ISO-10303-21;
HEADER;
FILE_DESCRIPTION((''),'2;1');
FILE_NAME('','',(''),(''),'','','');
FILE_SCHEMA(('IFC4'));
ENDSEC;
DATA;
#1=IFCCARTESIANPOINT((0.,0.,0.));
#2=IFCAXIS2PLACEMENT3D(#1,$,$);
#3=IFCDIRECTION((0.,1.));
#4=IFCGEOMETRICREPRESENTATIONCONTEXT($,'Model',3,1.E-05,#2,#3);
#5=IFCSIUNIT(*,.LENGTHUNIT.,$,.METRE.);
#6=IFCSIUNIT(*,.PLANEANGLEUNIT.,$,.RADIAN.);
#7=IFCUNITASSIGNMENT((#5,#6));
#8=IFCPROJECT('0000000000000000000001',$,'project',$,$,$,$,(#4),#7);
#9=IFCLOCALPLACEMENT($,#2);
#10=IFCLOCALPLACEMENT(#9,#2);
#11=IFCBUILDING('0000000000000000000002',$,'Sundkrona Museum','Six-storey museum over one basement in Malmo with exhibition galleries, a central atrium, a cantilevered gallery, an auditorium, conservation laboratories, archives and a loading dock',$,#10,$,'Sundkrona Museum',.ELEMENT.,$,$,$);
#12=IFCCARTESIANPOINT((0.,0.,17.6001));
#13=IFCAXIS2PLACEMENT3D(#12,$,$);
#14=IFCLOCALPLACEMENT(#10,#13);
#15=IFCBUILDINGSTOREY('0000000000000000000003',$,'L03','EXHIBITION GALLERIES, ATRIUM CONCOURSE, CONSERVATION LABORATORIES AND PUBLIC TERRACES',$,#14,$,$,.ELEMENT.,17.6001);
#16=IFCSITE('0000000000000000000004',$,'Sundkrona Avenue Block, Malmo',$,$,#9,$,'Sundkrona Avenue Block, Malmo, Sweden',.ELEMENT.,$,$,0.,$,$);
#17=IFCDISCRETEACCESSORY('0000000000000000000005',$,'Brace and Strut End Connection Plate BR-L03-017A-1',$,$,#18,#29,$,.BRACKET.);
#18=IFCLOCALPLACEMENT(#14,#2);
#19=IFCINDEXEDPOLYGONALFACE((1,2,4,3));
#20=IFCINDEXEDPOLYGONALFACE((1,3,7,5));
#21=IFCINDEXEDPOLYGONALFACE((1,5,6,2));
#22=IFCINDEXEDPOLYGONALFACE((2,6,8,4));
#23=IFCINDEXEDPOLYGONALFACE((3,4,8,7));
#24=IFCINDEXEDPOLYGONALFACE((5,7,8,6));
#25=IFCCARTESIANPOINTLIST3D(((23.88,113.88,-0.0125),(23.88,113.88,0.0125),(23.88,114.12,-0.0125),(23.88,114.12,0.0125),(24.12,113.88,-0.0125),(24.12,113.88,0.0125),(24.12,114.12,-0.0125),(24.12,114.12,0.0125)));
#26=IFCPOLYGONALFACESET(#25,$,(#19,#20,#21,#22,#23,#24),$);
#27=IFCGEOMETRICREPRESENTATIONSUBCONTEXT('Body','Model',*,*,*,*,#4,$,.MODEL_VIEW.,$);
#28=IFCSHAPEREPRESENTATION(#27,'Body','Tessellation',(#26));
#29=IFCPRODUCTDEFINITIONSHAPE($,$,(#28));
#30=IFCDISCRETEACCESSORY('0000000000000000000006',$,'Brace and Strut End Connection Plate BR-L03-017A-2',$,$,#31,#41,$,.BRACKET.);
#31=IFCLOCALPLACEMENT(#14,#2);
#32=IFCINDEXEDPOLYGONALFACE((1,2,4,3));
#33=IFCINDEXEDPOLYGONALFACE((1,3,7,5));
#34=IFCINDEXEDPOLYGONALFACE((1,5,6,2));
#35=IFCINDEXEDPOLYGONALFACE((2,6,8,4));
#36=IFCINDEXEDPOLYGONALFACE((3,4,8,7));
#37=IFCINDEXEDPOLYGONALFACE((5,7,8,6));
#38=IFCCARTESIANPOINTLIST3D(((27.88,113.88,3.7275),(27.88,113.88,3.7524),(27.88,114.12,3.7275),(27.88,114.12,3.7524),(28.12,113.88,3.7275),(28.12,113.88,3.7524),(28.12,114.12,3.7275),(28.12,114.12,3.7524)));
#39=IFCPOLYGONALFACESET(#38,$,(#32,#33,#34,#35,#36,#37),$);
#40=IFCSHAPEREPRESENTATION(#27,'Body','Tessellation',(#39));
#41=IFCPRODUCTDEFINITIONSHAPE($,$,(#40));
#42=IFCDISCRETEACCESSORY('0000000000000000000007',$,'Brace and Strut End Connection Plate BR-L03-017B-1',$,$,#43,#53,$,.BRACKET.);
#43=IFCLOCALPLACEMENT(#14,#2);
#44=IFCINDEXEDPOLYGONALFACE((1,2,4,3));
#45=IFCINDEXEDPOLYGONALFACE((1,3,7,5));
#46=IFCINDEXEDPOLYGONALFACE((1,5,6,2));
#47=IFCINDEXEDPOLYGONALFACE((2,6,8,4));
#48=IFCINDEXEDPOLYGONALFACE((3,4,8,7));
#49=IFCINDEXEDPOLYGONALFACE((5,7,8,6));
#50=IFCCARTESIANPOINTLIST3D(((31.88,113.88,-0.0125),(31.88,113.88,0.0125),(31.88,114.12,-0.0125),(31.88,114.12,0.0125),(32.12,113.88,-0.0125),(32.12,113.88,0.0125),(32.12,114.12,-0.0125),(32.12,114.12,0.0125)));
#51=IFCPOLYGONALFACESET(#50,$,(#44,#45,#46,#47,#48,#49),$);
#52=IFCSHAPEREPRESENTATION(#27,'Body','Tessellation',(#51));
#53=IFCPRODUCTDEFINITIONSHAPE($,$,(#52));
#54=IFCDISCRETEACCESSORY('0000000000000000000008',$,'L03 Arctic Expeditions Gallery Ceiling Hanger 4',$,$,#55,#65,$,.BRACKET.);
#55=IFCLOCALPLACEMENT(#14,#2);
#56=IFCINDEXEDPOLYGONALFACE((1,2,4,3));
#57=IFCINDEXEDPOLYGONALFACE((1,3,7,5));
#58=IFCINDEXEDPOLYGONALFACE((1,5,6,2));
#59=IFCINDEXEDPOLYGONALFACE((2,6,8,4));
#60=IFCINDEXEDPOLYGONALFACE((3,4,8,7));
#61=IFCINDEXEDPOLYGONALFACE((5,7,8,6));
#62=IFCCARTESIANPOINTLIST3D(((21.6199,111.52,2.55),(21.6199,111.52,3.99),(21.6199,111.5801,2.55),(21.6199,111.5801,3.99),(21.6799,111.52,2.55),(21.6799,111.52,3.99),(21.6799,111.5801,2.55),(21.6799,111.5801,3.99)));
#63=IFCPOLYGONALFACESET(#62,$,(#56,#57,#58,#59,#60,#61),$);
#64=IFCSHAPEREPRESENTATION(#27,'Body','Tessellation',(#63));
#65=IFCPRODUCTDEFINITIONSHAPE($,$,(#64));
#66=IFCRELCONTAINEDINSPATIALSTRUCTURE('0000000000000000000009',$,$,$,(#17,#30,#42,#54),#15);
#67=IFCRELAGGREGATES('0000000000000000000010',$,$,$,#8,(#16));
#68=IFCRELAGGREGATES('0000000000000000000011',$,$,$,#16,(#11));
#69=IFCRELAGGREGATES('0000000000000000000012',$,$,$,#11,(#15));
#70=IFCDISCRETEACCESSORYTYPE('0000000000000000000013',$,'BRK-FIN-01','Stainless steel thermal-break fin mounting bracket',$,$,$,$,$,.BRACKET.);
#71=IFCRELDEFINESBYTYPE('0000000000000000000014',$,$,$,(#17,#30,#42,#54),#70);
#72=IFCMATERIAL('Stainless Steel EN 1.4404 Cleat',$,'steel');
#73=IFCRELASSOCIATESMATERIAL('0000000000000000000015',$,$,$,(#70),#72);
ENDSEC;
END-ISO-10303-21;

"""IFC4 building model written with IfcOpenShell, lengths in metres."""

from ifc_helpers import new_model, si_unit, direction, frame, origin, origin_2d, place, context, subcontext, project, spatial, rectangle, extrude, material, type_object, element, save


model = new_model("IFC4")

# Units and contexts
model_context = context("Model", 3, precision=1e-05, world=origin(), true_north=direction((0.0, 1.0)))
body_context = subcontext(model_context, "Body", "Model", "MODEL_VIEW")
ifc_project = project(units=[si_unit("LENGTHUNIT", "METRE"), si_unit("PLANEANGLEUNIT", "RADIAN")], contexts=[model_context])

# Site, building, storey
site_placement = place(None, origin())
site = spatial("IfcSite", under=ifc_project, at=site_placement, Name="Sundkrona Avenue Block, Malmo", LongName="Sundkrona Avenue Block, Malmo, Sweden", CompositionType="ELEMENT", RefElevation=0.0)
building_placement = place(site_placement, origin())
building = spatial("IfcBuilding", under=site, at=building_placement, Name="Sundkrona Museum", Description="Six-storey museum over one basement in Malmo with exhibition galleries, a central atrium, a cantilevered gallery, an auditorium, conservation laboratories, archives and a loading dock", LongName="Sundkrona Museum", CompositionType="ELEMENT")
storey_placement = place(building_placement, frame((0.0, 0.0, 17.6001)))
storey = spatial("IfcBuildingStorey", under=building, at=storey_placement, Name="L03", Description="EXHIBITION GALLERIES, ATRIUM CONCOURSE, CONSERVATION LABORATORIES AND PUBLIC TERRACES", CompositionType="ELEMENT", Elevation=17.6001)

# Discrete accessories
ifc_material_1 = material(Name="Stainless Steel EN 1.4404 Cleat", Category="steel")
discrete_accessory_type = type_object("IfcDiscreteAccessoryType", Name="BRK-FIN-01", Description="Stainless steel thermal-break fin mounting bracket", PredefinedType="BRACKET", material=ifc_material_1)
for number, where, z_axis, x_axis, name in (
    (1, (24.0, 114.0, -0.0125), (0.0, 0.0, 1.0), (1.0, 0.0, 0.0), "Brace and Strut End Connection Plate BR-L03-017A-1"),
    (2, (28.0, 114.0, 3.7275), (0.0, 0.0, 1.0), (1.0, 0.0, 0.0), "Brace and Strut End Connection Plate BR-L03-017A-2"),
    (3, (32.0, 114.0, -0.0125), (0.0, 0.0, 1.0), (1.0, 0.0, 0.0), "Brace and Strut End Connection Plate BR-L03-017B-1"),
):
    element("IfcDiscreteAccessory", number, at=place(storey_placement, frame(where, z_axis=z_axis, x_axis=x_axis)), inside=storey, type_object=discrete_accessory_type, Name=name, PredefinedType="BRACKET", context=body_context, shape_type="SweptSolid", body=[
        extrude(rectangle(XDim=0.24, YDim=0.24, at=origin_2d()), origin(), (0.0, 0.0, 1.0), 0.0249),
    ])
discrete_accessory_placement = place(storey_placement, frame((21.6499, 111.55, 2.55), z_axis=(0.0, 0.0, 1.0), x_axis=(1.0, 0.0, 0.0)))
element("IfcDiscreteAccessory", 4, at=discrete_accessory_placement, inside=storey, type_object=discrete_accessory_type, Name="L03 Arctic Expeditions Gallery Ceiling Hanger 4", PredefinedType="BRACKET", context=body_context, shape_type="SweptSolid", body=[
    extrude(rectangle(XDim=0.0601, YDim=0.0601, at=origin_2d()), origin(), (0.0, 0.0, 1.0), 1.4399),
])

save(model, "model.ifc")
